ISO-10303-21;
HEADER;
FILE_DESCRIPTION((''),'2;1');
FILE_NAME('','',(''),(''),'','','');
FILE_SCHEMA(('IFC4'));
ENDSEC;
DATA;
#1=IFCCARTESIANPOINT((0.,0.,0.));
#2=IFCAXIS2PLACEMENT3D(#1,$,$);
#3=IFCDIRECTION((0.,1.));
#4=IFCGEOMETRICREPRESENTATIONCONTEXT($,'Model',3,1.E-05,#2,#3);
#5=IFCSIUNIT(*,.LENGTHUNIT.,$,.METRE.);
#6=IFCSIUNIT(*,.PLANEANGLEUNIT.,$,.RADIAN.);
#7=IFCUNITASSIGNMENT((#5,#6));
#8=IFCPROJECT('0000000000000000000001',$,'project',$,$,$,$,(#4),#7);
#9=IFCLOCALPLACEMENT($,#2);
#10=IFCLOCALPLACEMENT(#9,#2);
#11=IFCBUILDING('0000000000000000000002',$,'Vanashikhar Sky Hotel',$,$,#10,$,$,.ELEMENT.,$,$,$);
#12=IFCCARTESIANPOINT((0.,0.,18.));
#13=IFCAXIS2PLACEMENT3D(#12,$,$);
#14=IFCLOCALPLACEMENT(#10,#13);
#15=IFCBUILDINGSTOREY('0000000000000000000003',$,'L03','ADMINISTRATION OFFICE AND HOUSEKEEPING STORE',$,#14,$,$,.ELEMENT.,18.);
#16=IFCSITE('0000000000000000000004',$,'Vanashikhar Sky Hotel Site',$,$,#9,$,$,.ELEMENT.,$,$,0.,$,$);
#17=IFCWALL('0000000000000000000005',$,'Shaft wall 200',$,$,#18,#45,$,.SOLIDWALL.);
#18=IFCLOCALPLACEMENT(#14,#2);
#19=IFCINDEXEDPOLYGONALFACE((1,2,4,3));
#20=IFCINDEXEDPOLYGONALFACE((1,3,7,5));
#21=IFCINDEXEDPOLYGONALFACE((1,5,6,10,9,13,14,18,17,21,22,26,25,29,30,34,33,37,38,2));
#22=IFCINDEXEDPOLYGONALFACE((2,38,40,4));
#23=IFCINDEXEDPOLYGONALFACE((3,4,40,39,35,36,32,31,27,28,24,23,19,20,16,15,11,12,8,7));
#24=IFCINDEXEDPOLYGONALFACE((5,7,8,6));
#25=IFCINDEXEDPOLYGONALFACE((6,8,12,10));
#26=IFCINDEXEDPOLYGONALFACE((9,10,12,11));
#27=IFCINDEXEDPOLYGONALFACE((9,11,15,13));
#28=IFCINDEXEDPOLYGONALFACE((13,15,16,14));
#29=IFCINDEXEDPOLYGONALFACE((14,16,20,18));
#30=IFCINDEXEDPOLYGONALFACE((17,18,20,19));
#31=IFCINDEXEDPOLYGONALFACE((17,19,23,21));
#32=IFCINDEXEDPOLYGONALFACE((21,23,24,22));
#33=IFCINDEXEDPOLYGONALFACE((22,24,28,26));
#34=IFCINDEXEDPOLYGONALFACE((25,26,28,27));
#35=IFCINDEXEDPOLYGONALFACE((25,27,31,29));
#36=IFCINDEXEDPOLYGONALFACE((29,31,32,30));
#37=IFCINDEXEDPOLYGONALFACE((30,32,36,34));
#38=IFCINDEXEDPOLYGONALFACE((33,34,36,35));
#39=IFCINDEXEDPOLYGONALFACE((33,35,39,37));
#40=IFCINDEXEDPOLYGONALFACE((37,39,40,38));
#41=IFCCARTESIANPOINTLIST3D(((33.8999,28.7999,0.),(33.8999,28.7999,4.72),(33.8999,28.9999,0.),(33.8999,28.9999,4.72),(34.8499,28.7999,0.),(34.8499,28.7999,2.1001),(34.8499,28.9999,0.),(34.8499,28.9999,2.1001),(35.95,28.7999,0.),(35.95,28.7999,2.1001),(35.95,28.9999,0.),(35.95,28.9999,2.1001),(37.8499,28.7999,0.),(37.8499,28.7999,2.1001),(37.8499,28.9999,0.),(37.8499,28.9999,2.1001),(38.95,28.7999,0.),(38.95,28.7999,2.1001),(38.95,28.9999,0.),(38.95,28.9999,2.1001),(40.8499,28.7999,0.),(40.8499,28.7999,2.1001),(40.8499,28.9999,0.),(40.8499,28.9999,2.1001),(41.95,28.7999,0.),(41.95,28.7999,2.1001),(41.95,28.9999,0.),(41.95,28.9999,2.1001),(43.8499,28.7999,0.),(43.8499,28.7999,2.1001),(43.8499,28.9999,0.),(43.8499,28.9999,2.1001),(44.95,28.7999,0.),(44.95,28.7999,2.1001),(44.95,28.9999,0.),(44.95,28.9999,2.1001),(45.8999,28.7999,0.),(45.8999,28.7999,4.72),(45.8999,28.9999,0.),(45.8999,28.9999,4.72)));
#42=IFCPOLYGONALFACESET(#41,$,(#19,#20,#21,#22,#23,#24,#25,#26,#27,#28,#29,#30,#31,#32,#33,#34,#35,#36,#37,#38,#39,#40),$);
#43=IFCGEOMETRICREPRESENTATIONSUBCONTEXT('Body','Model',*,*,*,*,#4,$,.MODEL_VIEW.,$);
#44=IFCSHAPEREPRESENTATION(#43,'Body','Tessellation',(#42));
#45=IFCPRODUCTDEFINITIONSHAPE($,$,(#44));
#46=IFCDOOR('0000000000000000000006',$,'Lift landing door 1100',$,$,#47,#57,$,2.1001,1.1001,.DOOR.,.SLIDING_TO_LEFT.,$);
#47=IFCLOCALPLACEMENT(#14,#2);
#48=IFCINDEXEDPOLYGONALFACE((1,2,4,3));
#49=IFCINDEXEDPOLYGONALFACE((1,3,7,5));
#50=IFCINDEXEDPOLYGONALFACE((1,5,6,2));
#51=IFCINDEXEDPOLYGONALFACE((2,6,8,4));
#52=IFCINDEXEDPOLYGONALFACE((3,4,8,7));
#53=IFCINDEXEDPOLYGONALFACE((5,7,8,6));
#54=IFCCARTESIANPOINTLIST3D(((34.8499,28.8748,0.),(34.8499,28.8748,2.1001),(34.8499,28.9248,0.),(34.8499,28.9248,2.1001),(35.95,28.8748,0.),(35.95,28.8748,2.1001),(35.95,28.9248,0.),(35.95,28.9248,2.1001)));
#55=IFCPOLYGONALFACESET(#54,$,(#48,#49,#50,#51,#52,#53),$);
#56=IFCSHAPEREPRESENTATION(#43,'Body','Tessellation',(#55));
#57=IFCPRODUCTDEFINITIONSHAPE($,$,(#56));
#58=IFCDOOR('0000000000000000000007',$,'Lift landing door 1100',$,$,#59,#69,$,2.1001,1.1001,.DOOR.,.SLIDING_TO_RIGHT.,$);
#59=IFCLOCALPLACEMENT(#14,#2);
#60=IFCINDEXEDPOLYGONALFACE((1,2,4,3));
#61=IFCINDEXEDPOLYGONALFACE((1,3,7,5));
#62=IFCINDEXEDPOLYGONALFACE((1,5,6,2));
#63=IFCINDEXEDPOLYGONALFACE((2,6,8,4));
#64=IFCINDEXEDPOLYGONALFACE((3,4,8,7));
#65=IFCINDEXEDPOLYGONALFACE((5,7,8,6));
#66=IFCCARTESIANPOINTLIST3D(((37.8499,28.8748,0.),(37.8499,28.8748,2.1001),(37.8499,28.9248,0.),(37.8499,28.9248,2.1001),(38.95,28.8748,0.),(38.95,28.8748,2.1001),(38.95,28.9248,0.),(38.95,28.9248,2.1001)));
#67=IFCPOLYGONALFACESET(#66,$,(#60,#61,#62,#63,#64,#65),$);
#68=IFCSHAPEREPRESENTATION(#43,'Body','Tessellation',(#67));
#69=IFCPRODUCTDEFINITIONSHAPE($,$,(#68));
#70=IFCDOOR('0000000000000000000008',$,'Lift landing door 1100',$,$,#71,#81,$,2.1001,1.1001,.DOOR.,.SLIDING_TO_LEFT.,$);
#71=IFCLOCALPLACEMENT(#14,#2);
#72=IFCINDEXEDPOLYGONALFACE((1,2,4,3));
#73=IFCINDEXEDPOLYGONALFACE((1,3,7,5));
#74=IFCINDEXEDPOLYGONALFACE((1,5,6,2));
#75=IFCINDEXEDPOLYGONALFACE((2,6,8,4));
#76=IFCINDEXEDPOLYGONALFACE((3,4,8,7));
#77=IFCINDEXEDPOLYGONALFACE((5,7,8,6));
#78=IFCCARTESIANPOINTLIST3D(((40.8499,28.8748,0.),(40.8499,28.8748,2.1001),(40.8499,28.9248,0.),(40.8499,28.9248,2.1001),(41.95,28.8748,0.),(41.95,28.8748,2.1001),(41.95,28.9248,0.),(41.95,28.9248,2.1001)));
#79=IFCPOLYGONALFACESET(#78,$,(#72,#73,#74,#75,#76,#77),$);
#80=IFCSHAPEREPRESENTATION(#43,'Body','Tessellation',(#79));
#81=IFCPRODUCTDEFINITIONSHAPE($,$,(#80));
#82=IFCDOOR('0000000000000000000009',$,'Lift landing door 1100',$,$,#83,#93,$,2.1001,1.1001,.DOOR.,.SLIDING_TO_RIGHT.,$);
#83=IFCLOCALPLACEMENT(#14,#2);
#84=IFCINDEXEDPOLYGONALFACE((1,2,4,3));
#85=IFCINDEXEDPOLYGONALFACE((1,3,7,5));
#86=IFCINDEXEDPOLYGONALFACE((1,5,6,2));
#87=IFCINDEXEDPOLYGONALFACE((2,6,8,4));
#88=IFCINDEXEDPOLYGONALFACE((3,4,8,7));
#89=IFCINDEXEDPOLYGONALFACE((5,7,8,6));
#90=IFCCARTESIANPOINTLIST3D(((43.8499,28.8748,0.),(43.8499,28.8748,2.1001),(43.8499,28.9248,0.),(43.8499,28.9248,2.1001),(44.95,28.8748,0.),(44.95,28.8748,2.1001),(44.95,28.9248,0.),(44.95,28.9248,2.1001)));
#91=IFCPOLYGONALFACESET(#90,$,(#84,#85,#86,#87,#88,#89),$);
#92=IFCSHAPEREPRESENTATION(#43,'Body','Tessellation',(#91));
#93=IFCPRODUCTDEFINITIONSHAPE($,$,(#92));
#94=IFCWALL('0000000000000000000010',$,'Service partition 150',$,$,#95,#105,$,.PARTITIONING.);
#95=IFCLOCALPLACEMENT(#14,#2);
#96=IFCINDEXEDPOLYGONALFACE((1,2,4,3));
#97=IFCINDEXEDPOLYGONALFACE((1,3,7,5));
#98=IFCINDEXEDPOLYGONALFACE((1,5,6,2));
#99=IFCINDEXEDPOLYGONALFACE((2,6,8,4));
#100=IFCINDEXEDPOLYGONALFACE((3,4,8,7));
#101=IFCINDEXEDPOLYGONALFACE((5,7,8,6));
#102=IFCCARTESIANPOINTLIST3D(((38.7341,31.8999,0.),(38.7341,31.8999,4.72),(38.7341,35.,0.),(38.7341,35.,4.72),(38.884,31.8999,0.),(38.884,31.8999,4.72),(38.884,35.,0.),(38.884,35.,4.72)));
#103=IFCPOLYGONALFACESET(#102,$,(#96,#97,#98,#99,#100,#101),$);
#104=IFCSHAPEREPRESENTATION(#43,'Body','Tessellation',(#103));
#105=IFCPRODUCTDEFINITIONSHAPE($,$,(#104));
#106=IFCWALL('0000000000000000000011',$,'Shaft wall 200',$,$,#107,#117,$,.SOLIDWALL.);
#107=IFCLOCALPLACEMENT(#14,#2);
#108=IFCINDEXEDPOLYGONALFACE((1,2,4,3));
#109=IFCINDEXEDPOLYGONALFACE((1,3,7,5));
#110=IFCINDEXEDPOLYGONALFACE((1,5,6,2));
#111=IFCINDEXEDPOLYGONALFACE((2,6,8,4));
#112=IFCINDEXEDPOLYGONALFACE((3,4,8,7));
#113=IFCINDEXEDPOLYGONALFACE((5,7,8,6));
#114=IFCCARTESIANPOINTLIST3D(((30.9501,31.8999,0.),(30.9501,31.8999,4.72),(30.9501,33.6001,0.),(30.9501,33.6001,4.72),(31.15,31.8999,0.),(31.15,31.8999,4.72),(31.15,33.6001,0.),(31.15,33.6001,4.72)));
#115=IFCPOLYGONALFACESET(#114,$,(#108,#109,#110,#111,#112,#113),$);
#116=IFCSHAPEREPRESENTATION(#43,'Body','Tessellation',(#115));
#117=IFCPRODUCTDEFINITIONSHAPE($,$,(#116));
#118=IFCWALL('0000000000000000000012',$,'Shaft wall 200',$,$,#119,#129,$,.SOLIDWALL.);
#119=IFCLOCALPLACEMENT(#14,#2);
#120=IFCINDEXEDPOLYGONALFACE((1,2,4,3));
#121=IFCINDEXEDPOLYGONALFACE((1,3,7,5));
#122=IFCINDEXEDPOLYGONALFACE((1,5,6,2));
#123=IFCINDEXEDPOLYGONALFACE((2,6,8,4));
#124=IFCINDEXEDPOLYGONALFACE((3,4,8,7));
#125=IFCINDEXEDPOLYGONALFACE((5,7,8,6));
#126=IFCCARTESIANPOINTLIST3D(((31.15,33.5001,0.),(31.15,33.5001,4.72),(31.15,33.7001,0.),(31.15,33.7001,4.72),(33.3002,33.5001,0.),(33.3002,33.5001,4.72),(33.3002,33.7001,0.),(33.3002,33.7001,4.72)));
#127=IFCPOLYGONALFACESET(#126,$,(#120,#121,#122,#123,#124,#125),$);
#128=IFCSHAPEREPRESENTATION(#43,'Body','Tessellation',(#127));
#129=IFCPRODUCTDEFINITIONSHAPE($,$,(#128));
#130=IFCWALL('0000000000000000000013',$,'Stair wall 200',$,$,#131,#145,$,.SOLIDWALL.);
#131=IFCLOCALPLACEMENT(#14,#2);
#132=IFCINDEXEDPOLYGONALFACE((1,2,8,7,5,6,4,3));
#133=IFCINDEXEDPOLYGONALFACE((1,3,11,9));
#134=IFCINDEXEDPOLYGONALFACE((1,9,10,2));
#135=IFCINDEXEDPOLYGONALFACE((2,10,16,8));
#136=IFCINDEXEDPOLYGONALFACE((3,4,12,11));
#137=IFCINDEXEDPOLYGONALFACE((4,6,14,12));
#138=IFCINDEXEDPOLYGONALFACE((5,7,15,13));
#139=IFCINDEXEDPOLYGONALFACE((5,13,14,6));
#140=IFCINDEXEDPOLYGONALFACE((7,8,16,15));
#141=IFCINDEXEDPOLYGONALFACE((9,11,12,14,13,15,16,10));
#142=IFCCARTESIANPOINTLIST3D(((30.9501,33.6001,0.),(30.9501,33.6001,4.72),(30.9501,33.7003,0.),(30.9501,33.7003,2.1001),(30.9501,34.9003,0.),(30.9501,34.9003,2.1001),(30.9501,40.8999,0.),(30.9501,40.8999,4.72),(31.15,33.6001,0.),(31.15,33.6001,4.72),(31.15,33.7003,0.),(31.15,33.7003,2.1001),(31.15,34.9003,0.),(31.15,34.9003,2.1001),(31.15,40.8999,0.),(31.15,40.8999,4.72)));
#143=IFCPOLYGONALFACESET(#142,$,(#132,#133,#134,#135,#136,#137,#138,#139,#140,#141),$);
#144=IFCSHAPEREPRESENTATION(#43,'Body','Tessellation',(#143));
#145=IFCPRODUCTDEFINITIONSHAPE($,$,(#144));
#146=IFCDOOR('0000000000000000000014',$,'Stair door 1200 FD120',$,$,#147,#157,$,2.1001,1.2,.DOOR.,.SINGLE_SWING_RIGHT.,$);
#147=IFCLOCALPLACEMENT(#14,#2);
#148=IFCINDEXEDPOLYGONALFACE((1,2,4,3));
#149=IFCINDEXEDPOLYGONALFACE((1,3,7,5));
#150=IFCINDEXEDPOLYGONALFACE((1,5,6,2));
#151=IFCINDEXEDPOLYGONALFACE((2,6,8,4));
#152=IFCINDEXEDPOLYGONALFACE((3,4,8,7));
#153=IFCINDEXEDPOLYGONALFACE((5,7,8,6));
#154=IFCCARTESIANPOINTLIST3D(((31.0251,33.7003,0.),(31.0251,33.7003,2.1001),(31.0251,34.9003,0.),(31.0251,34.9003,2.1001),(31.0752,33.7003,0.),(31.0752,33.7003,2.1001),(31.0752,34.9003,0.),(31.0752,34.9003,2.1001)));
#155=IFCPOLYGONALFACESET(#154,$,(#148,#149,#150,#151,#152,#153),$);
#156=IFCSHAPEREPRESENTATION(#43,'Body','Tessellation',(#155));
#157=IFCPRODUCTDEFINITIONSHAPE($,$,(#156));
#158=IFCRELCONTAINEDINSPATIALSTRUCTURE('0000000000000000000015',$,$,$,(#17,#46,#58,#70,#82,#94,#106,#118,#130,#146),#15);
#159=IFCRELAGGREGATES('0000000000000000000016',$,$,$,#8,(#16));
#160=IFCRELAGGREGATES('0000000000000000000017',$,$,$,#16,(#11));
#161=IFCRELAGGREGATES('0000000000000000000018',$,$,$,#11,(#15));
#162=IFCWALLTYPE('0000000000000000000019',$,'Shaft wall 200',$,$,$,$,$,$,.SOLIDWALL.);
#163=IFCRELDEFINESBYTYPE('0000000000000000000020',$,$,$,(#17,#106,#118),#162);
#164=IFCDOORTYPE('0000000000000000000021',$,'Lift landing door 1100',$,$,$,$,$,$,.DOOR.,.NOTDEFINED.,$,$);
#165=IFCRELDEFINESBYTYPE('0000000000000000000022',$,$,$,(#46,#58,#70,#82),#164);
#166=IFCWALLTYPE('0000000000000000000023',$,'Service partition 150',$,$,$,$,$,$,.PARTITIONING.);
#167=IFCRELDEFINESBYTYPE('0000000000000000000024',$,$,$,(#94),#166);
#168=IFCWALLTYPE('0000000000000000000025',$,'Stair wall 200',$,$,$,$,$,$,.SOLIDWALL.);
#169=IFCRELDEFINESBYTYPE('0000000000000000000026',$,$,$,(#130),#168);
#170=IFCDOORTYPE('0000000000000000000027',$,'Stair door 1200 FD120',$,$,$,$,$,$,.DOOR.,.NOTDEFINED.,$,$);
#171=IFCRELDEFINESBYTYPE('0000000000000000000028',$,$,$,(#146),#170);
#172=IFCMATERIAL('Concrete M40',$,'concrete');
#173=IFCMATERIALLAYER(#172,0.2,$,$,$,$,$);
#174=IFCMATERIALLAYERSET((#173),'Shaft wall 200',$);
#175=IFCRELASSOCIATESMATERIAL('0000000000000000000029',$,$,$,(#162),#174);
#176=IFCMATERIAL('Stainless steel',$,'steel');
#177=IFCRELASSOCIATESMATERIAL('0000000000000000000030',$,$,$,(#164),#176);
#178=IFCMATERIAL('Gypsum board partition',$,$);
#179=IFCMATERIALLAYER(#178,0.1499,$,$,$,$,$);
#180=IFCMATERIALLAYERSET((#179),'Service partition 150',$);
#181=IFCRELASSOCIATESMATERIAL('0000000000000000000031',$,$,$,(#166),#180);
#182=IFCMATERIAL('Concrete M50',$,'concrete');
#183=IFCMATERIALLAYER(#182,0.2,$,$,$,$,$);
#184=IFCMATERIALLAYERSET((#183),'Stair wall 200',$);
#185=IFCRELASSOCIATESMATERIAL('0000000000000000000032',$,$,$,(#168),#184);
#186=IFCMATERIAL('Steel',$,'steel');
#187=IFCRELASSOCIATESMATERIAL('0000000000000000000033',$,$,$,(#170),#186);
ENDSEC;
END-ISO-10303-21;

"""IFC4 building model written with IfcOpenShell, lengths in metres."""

from ifc_helpers import new_model, si_unit, direction, frame, frame_2d, origin, place, context, subcontext, project, spatial, rectangle, extrude, source, transform, mapped, material, layer, layer_set, type_object, element, fill, save


model = new_model("IFC4")

# Units and contexts
model_context = context("Model", 3, precision=1e-05, world=origin(), true_north=direction((0.0, 1.0)))
body_context = subcontext(model_context, "Body", "Model", "MODEL_VIEW")
ifc_project = project(units=[si_unit("LENGTHUNIT", "METRE"), si_unit("PLANEANGLEUNIT", "RADIAN")], contexts=[model_context])

# Site, building, storey
site_placement = place(None, origin())
site = spatial("IfcSite", under=ifc_project, at=site_placement, Name="Vanashikhar Sky Hotel Site", CompositionType="ELEMENT", RefElevation=0.0)
building_placement = place(site_placement, origin())
building = spatial("IfcBuilding", under=site, at=building_placement, Name="Vanashikhar Sky Hotel", CompositionType="ELEMENT")
storey_placement = place(building_placement, frame((0.0, 0.0, 18.0)))
storey = spatial("IfcBuildingStorey", under=building, at=storey_placement, Name="L03", Description="ADMINISTRATION OFFICE AND HOUSEKEEPING STORE", CompositionType="ELEMENT", Elevation=18.0)

# Shared definitions
ifc_material_1 = material(Name="Steel", Category="steel")

# Wall, openings, doors
ifc_material_2 = material(Name="Concrete M40", Category="concrete")
ifc_layer_1 = layer(ifc_material_2, 0.2)
ifc_layer_set_1 = layer_set([ifc_layer_1], Name="Shaft wall 200")
wall_type_1 = type_object("IfcWallType", Name="Shaft wall 200", PredefinedType="SOLIDWALL", material=ifc_layer_set_1)
shared_shape_1 = source(origin(), body_context, "Body", "SweptSolid", [
    extrude(rectangle(XDim=1.1001, YDim=2.1001, at=frame_2d((0.55, 1.05))), frame((0.0, 0.1099, 0.0), z_axis=(0.0, -1.0, 0.0), x_axis=(1.0, 0.0, 0.0)), (0.0, 0.0, 1.0), 0.22),
])
ifc_material_3 = material(Name="Stainless steel", Category="steel")
door_type_1 = type_object("IfcDoorType", Name="Lift landing door 1100", OperationType="NOTDEFINED", PredefinedType="DOOR", material=ifc_material_3)
shared_shape_2 = source(origin(), body_context, "Body", "SweptSolid", [
    extrude(rectangle(XDim=1.1001, YDim=2.1001, at=frame_2d((0.55, 1.05))), frame((0.0, 0.0249, 0.0), z_axis=(0.0, -1.0, 0.0), x_axis=(1.0, 0.0, 0.0)), (0.0, 0.0, 1.0), 0.05),
])
shared_shape_3 = source(origin(), body_context, "Body", "SweptSolid", [
    extrude(rectangle(XDim=12.0, YDim=0.2, at=frame_2d((6.0, 0.0))), origin(), (0.0, 0.0, 1.0), 4.72),
])
wall_1_placement = place(storey_placement, frame((33.8999, 28.8999, 0.0), z_axis=(0.0, 0.0, 1.0), x_axis=(1.0, 0.0, 0.0)))
wall_1 = element("IfcWall", 1, at=wall_1_placement, inside=storey, type_object=wall_type_1, Name="Shaft wall 200", PredefinedType="SOLIDWALL", context=body_context, shape_type="MappedRepresentation", body=[
    mapped(shared_shape_3, transform((0.0, 0.0, 0.0), scale=1.0)),
])
opening_1_placement = place(wall_1_placement, frame((0.95, 0.0, 0.0)))
opening_1 = element("IfcOpeningElement", 2, at=opening_1_placement, cuts=wall_1, PredefinedType="OPENING", context=body_context, shape_type="MappedRepresentation", body=[
    mapped(shared_shape_1, transform((0.0, 0.0, 0.0), scale=1.0)),
])
opening_2_placement = place(wall_1_placement, frame((3.95, 0.0, 0.0)))
opening_2 = element("IfcOpeningElement", 3, at=opening_2_placement, cuts=wall_1, PredefinedType="OPENING", context=body_context, shape_type="MappedRepresentation", body=[
    mapped(shared_shape_1, transform((0.0, 0.0, 0.0), scale=1.0)),
])
opening_3_placement = place(wall_1_placement, frame((6.95, 0.0, 0.0)))
opening_3 = element("IfcOpeningElement", 4, at=opening_3_placement, cuts=wall_1, PredefinedType="OPENING", context=body_context, shape_type="MappedRepresentation", body=[
    mapped(shared_shape_1, transform((0.0, 0.0, 0.0), scale=1.0)),
])
opening_4_placement = place(wall_1_placement, frame((9.95, 0.0, 0.0)))
opening_4 = element("IfcOpeningElement", 5, at=opening_4_placement, cuts=wall_1, PredefinedType="OPENING", context=body_context, shape_type="MappedRepresentation", body=[
    mapped(shared_shape_1, transform((0.0, 0.0, 0.0), scale=1.0)),
])
door_1_placement = place(opening_1_placement, origin())
door_1 = element("IfcDoor", 6, at=door_1_placement, inside=storey, type_object=door_type_1, Name="Lift landing door 1100", OperationType="SLIDING_TO_LEFT", OverallHeight=2.1001, OverallWidth=1.1001, PredefinedType="DOOR", context=body_context, shape_type="MappedRepresentation", body=[
    mapped(shared_shape_2, transform((0.0, 0.0, 0.0), scale=1.0)),
])
fill(opening_1, door_1)
door_2_placement = place(opening_2_placement, origin())
door_2 = element("IfcDoor", 7, at=door_2_placement, inside=storey, type_object=door_type_1, Name="Lift landing door 1100", OperationType="SLIDING_TO_RIGHT", OverallHeight=2.1001, OverallWidth=1.1001, PredefinedType="DOOR", context=body_context, shape_type="MappedRepresentation", body=[
    mapped(shared_shape_2, transform((0.0, 0.0, 0.0), scale=1.0)),
])
fill(opening_2, door_2)
door_3_placement = place(opening_3_placement, origin())
door_3 = element("IfcDoor", 8, at=door_3_placement, inside=storey, type_object=door_type_1, Name="Lift landing door 1100", OperationType="SLIDING_TO_LEFT", OverallHeight=2.1001, OverallWidth=1.1001, PredefinedType="DOOR", context=body_context, shape_type="MappedRepresentation", body=[
    mapped(shared_shape_2, transform((0.0, 0.0, 0.0), scale=1.0)),
])
fill(opening_3, door_3)
door_4_placement = place(opening_4_placement, origin())
door_4 = element("IfcDoor", 9, at=door_4_placement, inside=storey, type_object=door_type_1, Name="Lift landing door 1100", OperationType="SLIDING_TO_RIGHT", OverallHeight=2.1001, OverallWidth=1.1001, PredefinedType="DOOR", context=body_context, shape_type="MappedRepresentation", body=[
    mapped(shared_shape_2, transform((0.0, 0.0, 0.0), scale=1.0)),
])
fill(opening_4, door_4)

# Walls
ifc_material_4 = material(Name="Gypsum board partition")
ifc_layer_2 = layer(ifc_material_4, 0.1499)
ifc_layer_set_2 = layer_set([ifc_layer_2], Name="Service partition 150")
wall_type_2 = type_object("IfcWallType", Name="Service partition 150", PredefinedType="PARTITIONING", material=ifc_layer_set_2)
shared_shape_4 = source(origin(), body_context, "Body", "SweptSolid", [
    extrude(rectangle(XDim=3.1001, YDim=0.1499, at=frame_2d((1.55, 0.0))), origin(), (0.0, 0.0, 1.0), 4.72),
])
wall_2_placement = place(storey_placement, frame((38.8091, 31.8999, 0.0), z_axis=(0.0, 0.0, 1.0), x_axis=(0.0, 1.0, 0.0)))
element("IfcWall", 10, at=wall_2_placement, inside=storey, type_object=wall_type_2, Name="Service partition 150", PredefinedType="PARTITIONING", context=body_context, shape_type="MappedRepresentation", body=[
    mapped(shared_shape_4, transform((0.0, 0.0, 0.0), scale=1.0)),
])
shared_shape_5 = source(origin(), body_context, "Body", "SweptSolid", [
    extrude(rectangle(XDim=1.7002, YDim=0.2, at=frame_2d((0.8501, 0.0))), origin(), (0.0, 0.0, 1.0), 4.72),
])
wall_3_placement = place(storey_placement, frame((31.05, 31.8999, 0.0), z_axis=(0.0, 0.0, 1.0), x_axis=(0.0, 1.0, 0.0)))
element("IfcWall", 11, at=wall_3_placement, inside=storey, type_object=wall_type_1, Name="Shaft wall 200", PredefinedType="SOLIDWALL", context=body_context, shape_type="MappedRepresentation", body=[
    mapped(shared_shape_5, transform((0.0, 0.0, 0.0), scale=1.0)),
])
shared_shape_6 = source(origin(), body_context, "Body", "SweptSolid", [
    extrude(rectangle(XDim=2.1501, YDim=0.2, at=frame_2d((1.0752, 0.0))), origin(), (0.0, 0.0, 1.0), 4.72),
])
wall_4_placement = place(storey_placement, frame((31.1499, 33.6001, 0.0), z_axis=(0.0, 0.0, 1.0), x_axis=(1.0, 0.0, 0.0)))
element("IfcWall", 12, at=wall_4_placement, inside=storey, type_object=wall_type_1, Name="Shaft wall 200", PredefinedType="SOLIDWALL", context=body_context, shape_type="MappedRepresentation", body=[
    mapped(shared_shape_6, transform((0.0, 0.0, 0.0), scale=1.0)),
])

# Wall, opening, door
ifc_material_5 = material(Name="Concrete M50", Category="concrete")
ifc_layer_3 = layer(ifc_material_5, 0.2)
ifc_layer_set_3 = layer_set([ifc_layer_3], Name="Stair wall 200")
wall_type_3 = type_object("IfcWallType", Name="Stair wall 200", PredefinedType="SOLIDWALL", material=ifc_layer_set_3)
shared_shape_7 = source(origin(), body_context, "Body", "SweptSolid", [
    extrude(rectangle(XDim=7.2998, YDim=0.2, at=frame_2d((3.6499, 0.0))), origin(), (0.0, 0.0, 1.0), 4.72),
])
wall_5_placement = place(storey_placement, frame((31.05, 33.6001, 0.0), z_axis=(0.0, 0.0, 1.0), x_axis=(0.0, 1.0, 0.0)))
wall_5 = element("IfcWall", 13, at=wall_5_placement, inside=storey, type_object=wall_type_3, Name="Stair wall 200", PredefinedType="SOLIDWALL", context=body_context, shape_type="MappedRepresentation", body=[
    mapped(shared_shape_7, transform((0.0, 0.0, 0.0), scale=1.0)),
])
shared_shape_8 = source(origin(), body_context, "Body", "SweptSolid", [
    extrude(rectangle(XDim=1.2, YDim=2.1001, at=frame_2d((0.6001, 1.05))), frame((0.0, 0.1099, 0.0), z_axis=(0.0, -1.0, 0.0), x_axis=(1.0, 0.0, 0.0)), (0.0, 0.0, 1.0), 0.22),
])
opening_5_placement = place(wall_5_placement, frame((0.1001, 0.0, 0.0)))
opening_5 = element("IfcOpeningElement", 14, at=opening_5_placement, cuts=wall_5, PredefinedType="OPENING", context=body_context, shape_type="MappedRepresentation", body=[
    mapped(shared_shape_8, transform((0.0, 0.0, 0.0), scale=1.0)),
])
door_type_2 = type_object("IfcDoorType", Name="Stair door 1200 FD120", OperationType="NOTDEFINED", PredefinedType="DOOR", material=ifc_material_1)
shared_shape_9 = source(origin(), body_context, "Body", "SweptSolid", [
    extrude(rectangle(XDim=1.2, YDim=2.1001, at=frame_2d((0.6001, 1.05))), frame((0.0, 0.0249, 0.0), z_axis=(0.0, -1.0, 0.0), x_axis=(1.0, 0.0, 0.0)), (0.0, 0.0, 1.0), 0.05),
])
door_5_placement = place(opening_5_placement, origin())
door_5 = element("IfcDoor", 15, at=door_5_placement, inside=storey, type_object=door_type_2, Name="Stair door 1200 FD120", OperationType="SINGLE_SWING_RIGHT", OverallHeight=2.1001, OverallWidth=1.2, PredefinedType="DOOR", context=body_context, shape_type="MappedRepresentation", body=[
    mapped(shared_shape_9, transform((0.0, 0.0, 0.0), scale=1.0)),
])
fill(opening_5, door_5)

save(model, "model.ifc")
